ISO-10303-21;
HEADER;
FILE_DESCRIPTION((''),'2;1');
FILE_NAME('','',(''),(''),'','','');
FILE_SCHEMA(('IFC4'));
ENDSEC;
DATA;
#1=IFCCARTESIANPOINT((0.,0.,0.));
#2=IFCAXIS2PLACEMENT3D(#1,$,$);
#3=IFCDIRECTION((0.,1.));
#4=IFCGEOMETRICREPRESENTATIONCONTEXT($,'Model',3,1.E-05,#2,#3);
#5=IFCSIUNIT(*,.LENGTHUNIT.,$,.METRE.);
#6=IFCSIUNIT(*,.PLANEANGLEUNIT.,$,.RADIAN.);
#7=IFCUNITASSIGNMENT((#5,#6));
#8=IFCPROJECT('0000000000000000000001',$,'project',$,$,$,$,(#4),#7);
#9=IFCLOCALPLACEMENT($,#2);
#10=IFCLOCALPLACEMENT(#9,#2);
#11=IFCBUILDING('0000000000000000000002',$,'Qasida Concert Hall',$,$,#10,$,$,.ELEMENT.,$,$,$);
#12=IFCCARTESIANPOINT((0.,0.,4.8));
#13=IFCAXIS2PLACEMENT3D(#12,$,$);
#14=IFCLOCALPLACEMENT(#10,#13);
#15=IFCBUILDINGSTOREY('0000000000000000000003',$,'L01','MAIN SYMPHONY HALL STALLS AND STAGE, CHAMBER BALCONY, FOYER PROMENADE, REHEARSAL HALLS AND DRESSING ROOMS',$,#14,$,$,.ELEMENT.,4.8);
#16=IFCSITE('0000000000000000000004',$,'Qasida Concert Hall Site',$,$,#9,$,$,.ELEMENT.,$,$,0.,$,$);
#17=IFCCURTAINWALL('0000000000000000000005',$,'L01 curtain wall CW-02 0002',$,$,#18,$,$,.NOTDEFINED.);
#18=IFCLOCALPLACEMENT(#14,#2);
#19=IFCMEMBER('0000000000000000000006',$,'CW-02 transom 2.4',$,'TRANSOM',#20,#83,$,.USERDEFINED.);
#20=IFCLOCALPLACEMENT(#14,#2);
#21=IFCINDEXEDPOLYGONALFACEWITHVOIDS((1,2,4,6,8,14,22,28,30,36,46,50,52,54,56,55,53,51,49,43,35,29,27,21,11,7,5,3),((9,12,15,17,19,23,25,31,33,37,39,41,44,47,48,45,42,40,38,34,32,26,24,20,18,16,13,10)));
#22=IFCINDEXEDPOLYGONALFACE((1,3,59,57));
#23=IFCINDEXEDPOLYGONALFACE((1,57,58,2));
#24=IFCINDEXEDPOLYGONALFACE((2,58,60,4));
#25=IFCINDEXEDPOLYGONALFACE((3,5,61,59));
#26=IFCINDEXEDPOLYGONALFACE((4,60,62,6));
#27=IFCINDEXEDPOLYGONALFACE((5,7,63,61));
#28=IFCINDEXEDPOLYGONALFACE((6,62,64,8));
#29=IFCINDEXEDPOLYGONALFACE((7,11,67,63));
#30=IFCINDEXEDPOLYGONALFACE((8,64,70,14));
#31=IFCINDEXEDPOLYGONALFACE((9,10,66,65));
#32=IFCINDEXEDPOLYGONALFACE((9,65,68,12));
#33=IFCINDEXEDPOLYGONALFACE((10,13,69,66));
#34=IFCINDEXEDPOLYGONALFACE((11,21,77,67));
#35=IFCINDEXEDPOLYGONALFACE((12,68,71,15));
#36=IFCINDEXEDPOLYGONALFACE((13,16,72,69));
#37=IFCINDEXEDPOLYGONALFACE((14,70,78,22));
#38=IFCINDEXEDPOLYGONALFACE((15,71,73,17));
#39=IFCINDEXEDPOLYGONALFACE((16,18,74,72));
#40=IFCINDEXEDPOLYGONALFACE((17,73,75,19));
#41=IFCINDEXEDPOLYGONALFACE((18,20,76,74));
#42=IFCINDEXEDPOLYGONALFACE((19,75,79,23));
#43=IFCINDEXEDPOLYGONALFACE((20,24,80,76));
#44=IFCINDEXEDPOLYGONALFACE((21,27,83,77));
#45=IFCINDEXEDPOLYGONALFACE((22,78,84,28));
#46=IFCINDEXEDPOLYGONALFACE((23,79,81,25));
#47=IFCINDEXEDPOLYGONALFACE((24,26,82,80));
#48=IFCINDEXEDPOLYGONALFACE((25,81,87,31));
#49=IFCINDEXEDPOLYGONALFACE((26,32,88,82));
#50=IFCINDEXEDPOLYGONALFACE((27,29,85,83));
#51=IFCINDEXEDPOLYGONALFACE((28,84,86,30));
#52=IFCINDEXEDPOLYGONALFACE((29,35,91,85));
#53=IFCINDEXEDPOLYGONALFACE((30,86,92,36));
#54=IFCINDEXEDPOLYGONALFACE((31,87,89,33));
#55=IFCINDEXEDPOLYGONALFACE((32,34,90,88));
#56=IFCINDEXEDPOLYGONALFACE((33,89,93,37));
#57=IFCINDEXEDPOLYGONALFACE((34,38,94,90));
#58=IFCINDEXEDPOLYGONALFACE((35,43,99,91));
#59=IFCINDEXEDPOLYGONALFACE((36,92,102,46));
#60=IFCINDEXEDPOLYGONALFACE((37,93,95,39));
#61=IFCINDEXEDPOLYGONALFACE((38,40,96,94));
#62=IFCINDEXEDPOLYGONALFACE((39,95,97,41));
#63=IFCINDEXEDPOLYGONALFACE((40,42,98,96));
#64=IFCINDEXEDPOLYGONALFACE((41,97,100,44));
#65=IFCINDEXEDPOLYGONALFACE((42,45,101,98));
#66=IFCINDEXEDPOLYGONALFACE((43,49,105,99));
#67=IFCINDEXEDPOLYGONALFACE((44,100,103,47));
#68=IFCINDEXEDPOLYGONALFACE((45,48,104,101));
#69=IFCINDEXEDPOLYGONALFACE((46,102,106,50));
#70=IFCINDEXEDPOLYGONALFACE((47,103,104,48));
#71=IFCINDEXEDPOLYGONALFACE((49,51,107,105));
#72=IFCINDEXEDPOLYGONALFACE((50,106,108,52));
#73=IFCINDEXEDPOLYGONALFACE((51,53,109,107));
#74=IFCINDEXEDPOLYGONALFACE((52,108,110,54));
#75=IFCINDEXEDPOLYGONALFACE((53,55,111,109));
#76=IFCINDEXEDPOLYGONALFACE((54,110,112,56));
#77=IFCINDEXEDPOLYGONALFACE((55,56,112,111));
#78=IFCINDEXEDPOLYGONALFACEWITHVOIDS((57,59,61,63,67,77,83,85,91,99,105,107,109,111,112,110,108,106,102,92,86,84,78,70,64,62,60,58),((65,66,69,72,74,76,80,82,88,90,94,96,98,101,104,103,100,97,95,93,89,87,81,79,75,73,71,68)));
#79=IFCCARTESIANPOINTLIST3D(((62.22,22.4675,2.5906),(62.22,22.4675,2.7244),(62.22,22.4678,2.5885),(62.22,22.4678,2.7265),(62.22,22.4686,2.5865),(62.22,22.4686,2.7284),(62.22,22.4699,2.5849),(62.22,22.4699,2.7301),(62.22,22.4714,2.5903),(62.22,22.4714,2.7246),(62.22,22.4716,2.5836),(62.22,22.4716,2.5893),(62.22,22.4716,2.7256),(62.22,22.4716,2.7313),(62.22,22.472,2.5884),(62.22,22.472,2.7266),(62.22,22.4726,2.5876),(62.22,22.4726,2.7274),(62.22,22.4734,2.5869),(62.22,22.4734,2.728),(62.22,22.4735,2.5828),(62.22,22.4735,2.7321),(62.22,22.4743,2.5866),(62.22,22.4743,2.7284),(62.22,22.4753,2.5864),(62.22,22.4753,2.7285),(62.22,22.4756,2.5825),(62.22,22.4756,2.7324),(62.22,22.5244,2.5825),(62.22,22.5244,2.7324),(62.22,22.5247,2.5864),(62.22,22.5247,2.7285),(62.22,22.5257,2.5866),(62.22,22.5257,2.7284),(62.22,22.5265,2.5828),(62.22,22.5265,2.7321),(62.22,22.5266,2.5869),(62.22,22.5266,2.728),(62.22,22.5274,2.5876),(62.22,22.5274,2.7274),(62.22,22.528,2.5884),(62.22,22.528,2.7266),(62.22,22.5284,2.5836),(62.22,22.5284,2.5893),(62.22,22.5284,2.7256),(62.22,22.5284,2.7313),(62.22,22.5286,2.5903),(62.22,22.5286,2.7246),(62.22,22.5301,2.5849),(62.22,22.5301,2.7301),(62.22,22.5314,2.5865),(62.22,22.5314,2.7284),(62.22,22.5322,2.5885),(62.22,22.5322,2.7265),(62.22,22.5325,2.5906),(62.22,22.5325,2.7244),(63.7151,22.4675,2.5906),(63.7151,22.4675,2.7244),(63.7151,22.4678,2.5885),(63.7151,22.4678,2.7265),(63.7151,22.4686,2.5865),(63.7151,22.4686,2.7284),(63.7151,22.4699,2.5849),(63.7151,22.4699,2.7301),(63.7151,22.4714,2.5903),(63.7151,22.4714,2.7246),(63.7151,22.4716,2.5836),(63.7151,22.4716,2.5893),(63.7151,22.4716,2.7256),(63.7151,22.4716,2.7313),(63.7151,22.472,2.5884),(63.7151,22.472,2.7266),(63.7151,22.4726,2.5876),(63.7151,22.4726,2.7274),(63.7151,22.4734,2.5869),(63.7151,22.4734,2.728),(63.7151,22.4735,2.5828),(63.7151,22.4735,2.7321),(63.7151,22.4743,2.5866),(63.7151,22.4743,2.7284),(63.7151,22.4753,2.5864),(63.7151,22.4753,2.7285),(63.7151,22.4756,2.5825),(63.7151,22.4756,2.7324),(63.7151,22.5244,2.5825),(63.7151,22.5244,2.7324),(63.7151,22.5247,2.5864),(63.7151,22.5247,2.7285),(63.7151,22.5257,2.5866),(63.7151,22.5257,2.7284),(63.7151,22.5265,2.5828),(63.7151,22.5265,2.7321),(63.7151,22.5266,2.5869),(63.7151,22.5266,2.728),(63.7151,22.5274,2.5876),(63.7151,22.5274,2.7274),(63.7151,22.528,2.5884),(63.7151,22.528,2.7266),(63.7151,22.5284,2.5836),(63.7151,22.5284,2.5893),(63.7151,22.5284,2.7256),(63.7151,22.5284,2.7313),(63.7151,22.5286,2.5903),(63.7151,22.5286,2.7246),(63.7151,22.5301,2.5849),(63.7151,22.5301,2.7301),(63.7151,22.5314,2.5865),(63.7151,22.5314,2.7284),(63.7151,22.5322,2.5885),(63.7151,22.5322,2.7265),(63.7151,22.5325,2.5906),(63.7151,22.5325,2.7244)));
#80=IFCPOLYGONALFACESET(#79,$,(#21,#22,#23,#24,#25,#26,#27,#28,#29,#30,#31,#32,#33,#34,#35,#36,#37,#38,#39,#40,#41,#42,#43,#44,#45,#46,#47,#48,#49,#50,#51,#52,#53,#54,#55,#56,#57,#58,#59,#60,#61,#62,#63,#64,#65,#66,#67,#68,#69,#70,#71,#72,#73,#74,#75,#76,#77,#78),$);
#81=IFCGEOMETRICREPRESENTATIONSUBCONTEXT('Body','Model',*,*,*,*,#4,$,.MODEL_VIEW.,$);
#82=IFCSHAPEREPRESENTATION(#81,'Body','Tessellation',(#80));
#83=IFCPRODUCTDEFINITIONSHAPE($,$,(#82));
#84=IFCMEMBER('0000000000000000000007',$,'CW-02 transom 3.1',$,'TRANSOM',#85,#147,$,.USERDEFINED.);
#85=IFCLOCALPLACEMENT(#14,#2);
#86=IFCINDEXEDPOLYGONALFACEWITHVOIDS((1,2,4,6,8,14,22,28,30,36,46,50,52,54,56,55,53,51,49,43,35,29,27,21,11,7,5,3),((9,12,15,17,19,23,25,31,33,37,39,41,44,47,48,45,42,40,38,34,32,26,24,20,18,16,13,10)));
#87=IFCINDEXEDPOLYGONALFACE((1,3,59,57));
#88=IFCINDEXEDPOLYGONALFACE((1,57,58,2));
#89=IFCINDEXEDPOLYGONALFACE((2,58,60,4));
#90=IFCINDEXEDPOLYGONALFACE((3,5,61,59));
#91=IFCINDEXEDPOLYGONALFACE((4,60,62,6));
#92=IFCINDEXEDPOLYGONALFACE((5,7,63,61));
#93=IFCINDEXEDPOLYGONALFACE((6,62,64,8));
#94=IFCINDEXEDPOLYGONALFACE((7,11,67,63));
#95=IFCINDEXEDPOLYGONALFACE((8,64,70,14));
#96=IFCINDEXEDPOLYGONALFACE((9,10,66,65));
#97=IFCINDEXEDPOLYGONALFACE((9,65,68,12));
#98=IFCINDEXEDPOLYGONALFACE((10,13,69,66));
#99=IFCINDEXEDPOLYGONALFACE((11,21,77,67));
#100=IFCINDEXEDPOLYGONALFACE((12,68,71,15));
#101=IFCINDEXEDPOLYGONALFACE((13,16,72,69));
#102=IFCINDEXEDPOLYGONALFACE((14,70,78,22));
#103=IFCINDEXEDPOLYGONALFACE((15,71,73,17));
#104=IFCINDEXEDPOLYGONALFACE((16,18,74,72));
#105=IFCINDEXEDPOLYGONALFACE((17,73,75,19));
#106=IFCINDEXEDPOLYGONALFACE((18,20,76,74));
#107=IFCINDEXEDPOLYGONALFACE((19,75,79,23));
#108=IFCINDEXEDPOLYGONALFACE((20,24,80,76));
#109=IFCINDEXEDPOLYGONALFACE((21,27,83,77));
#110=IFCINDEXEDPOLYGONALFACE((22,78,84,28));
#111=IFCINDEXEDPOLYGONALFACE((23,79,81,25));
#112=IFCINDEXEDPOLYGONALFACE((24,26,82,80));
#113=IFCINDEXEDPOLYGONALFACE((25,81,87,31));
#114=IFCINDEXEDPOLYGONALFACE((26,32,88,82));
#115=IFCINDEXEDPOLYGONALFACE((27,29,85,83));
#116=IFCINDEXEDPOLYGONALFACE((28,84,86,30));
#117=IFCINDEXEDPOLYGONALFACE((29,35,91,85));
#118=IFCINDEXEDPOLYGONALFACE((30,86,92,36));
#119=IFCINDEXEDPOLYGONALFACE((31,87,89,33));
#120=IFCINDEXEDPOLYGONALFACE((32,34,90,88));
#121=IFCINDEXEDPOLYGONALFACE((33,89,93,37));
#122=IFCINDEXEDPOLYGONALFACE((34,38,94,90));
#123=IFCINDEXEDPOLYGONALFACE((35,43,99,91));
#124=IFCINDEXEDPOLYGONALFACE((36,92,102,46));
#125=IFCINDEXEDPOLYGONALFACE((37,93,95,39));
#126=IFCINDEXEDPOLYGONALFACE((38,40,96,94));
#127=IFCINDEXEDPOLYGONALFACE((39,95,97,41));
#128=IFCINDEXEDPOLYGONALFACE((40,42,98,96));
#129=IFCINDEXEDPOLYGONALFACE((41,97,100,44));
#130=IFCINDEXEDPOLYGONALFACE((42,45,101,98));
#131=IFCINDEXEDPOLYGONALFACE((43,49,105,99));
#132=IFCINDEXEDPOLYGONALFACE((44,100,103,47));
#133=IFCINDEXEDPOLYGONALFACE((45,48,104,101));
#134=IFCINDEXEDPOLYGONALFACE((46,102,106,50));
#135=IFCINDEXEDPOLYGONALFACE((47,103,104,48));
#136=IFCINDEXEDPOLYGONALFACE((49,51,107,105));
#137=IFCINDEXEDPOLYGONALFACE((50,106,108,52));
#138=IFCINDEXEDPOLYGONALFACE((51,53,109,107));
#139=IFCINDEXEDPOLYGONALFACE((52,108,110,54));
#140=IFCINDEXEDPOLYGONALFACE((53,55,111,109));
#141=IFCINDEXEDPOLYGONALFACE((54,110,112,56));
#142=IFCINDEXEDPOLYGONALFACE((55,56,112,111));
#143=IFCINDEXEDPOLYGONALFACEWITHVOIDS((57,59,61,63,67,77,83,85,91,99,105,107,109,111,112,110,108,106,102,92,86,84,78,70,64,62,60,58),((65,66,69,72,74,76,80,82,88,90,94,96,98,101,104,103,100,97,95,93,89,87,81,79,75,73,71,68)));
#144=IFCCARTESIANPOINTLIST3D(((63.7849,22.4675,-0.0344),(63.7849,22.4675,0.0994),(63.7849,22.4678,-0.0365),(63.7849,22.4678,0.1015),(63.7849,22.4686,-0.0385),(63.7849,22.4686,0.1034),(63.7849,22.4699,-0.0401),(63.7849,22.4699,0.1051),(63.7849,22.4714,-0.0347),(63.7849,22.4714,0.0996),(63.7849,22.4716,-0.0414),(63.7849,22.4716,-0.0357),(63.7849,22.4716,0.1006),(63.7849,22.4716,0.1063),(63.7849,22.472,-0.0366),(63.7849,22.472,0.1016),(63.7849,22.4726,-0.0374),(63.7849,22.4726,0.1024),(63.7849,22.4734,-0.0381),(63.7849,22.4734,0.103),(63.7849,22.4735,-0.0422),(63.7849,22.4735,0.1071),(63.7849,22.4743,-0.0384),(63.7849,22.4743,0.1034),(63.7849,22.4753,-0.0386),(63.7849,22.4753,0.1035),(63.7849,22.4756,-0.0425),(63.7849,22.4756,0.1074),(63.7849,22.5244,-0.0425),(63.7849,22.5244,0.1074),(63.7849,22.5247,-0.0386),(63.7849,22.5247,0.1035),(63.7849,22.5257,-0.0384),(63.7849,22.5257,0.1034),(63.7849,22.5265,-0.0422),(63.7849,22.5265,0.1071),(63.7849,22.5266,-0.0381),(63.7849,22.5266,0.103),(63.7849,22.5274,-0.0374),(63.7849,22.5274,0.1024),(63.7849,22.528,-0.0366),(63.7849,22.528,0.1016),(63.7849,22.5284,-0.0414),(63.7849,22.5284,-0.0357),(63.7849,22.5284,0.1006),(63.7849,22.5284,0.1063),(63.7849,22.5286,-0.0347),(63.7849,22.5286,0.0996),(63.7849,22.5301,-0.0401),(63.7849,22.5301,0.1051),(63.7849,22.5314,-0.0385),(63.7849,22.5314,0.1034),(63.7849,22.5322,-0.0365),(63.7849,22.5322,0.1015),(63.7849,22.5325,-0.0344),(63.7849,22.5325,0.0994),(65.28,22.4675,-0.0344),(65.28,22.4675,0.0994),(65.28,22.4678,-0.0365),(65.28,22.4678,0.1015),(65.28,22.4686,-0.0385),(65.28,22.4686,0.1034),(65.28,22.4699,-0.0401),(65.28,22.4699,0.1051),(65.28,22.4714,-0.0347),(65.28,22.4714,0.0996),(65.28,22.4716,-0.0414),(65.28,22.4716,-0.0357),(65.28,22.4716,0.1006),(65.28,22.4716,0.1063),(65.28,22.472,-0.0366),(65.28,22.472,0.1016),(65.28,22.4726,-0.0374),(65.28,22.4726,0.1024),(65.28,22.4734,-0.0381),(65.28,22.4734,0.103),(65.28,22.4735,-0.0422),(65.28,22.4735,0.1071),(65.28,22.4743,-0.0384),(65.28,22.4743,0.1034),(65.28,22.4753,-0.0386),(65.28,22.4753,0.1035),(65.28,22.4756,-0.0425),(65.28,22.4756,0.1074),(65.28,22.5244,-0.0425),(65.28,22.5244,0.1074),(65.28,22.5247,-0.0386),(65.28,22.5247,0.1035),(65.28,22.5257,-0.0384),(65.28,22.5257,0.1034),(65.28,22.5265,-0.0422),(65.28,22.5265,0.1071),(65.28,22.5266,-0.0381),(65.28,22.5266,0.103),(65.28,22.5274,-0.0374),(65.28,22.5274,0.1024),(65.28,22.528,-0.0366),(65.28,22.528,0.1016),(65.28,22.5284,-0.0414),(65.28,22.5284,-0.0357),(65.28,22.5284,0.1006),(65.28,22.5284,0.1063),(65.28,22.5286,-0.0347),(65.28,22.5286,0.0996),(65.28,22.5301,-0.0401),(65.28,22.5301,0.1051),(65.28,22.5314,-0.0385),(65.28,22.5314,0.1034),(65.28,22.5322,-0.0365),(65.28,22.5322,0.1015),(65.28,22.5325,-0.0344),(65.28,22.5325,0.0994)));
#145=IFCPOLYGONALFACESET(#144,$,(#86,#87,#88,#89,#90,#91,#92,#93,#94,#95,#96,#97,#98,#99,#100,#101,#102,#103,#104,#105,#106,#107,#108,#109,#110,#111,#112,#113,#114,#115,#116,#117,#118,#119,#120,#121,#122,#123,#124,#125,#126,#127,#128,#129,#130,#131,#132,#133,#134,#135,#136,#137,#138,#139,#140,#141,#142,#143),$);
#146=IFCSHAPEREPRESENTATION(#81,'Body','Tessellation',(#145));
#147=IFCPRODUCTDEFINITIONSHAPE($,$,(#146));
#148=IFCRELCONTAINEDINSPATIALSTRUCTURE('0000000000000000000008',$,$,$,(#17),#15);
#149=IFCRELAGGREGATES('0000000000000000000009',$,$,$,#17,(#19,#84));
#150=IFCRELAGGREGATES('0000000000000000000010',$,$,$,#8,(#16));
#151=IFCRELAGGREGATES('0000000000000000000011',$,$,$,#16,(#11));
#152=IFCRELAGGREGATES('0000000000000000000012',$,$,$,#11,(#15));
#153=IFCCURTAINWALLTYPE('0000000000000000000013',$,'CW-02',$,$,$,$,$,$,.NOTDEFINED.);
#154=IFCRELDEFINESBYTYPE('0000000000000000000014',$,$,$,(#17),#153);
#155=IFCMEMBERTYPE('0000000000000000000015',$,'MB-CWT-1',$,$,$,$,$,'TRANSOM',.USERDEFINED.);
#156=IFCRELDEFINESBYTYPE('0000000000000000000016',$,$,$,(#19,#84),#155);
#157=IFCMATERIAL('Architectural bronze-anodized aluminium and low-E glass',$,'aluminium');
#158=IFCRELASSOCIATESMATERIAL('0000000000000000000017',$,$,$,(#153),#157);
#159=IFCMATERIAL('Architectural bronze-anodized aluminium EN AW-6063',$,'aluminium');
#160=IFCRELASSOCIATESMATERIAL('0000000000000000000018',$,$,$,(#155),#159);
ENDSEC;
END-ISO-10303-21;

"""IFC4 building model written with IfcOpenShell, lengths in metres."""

from ifc_helpers import new_model, si_unit, direction, frame, origin, origin_2d, place, context, subcontext, project, spatial, hollow_rectangle, extrude, material, material_profile, profile_set, type_object, element, aggregate, save


model = new_model("IFC4")

# Units and contexts
model_context = context("Model", 3, precision=1e-05, world=origin(), true_north=direction((0.0, 1.0)))
body_context = subcontext(model_context, "Body", "Model", "MODEL_VIEW")
ifc_project = project(units=[si_unit("LENGTHUNIT", "METRE"), si_unit("PLANEANGLEUNIT", "RADIAN")], contexts=[model_context])

# Site, building, storey
site_placement = place(None, origin())
site = spatial("IfcSite", under=ifc_project, at=site_placement, Name="Qasida Concert Hall Site", CompositionType="ELEMENT", RefElevation=0.0)
building_placement = place(site_placement, origin())
building = spatial("IfcBuilding", under=site, at=building_placement, Name="Qasida Concert Hall", CompositionType="ELEMENT")
storey_placement = place(building_placement, frame((0.0, 0.0, 4.8)))
storey = spatial("IfcBuildingStorey", under=building, at=storey_placement, Name="L01", Description="MAIN SYMPHONY HALL STALLS AND STAGE, CHAMBER BALCONY, FOYER PROMENADE, REHEARSAL HALLS AND DRESSING ROOMS", CompositionType="ELEMENT", Elevation=4.8)

# Curtain wall, members
ifc_material_1 = material(Name="Architectural bronze-anodized aluminium and low-E glass", Category="aluminium")
curtain_wall_type = type_object("IfcCurtainWallType", Name="CW-02", PredefinedType="NOTDEFINED", material=ifc_material_1)
curtain_wall_placement = place(storey_placement, origin())
curtain_wall = element("IfcCurtainWall", 1, at=curtain_wall_placement, inside=storey, type_object=curtain_wall_type, Name="L01 curtain wall CW-02 0002", PredefinedType="NOTDEFINED")
ifc_material_2 = material(Name="Architectural bronze-anodized aluminium EN AW-6063", Category="aluminium")
ifc_material_profile_1 = material_profile(ifc_material_2, hollow_rectangle(XDim=0.0649, YDim=0.1499, WallThickness=0.0039, InnerFilletRadius=0.0039, OuterFilletRadius=0.0081, at=origin_2d()), Name="CWT 150x65x4")
ifc_profile_set_1 = profile_set([ifc_material_profile_1], Name="Architectural bronze-anodized aluminium EN AW-6063")
member_type_1 = type_object("IfcMemberType", Name="MB-CWT-1", ElementType="TRANSOM", PredefinedType="USERDEFINED", material=ifc_profile_set_1)
member_1_placement = place(storey_placement, frame((62.22, 22.5, 2.6575), z_axis=(1.0, 0.0, 0.0), x_axis=(0.0, 1.0, 0.0)))
member_1 = element("IfcMember", 2, at=member_1_placement, type_object=member_type_1, Name="CW-02 transom 2.4", ObjectType="TRANSOM", PredefinedType="USERDEFINED", context=body_context, shape_type="SweptSolid", body=[
    extrude(hollow_rectangle(XDim=0.0649, YDim=0.1499, WallThickness=0.0039, InnerFilletRadius=0.0039, OuterFilletRadius=0.0081, at=origin_2d()), origin(), (0.0, 0.0, 1.0), 1.4951),
])
member_2_placement = place(storey_placement, frame((63.7849, 22.5, 0.0325), z_axis=(1.0, 0.0, 0.0), x_axis=(0.0, 1.0, 0.0)))
member_2 = element("IfcMember", 3, at=member_2_placement, type_object=member_type_1, Name="CW-02 transom 3.1", ObjectType="TRANSOM", PredefinedType="USERDEFINED", context=body_context, shape_type="SweptSolid", body=[
    extrude(hollow_rectangle(XDim=0.0649, YDim=0.1499, WallThickness=0.0039, InnerFilletRadius=0.0039, OuterFilletRadius=0.0081, at=origin_2d()), origin(), (0.0, 0.0, 1.0), 1.4951),
])
aggregate(curtain_wall, [member_1, member_2])

save(model, "model.ifc")
